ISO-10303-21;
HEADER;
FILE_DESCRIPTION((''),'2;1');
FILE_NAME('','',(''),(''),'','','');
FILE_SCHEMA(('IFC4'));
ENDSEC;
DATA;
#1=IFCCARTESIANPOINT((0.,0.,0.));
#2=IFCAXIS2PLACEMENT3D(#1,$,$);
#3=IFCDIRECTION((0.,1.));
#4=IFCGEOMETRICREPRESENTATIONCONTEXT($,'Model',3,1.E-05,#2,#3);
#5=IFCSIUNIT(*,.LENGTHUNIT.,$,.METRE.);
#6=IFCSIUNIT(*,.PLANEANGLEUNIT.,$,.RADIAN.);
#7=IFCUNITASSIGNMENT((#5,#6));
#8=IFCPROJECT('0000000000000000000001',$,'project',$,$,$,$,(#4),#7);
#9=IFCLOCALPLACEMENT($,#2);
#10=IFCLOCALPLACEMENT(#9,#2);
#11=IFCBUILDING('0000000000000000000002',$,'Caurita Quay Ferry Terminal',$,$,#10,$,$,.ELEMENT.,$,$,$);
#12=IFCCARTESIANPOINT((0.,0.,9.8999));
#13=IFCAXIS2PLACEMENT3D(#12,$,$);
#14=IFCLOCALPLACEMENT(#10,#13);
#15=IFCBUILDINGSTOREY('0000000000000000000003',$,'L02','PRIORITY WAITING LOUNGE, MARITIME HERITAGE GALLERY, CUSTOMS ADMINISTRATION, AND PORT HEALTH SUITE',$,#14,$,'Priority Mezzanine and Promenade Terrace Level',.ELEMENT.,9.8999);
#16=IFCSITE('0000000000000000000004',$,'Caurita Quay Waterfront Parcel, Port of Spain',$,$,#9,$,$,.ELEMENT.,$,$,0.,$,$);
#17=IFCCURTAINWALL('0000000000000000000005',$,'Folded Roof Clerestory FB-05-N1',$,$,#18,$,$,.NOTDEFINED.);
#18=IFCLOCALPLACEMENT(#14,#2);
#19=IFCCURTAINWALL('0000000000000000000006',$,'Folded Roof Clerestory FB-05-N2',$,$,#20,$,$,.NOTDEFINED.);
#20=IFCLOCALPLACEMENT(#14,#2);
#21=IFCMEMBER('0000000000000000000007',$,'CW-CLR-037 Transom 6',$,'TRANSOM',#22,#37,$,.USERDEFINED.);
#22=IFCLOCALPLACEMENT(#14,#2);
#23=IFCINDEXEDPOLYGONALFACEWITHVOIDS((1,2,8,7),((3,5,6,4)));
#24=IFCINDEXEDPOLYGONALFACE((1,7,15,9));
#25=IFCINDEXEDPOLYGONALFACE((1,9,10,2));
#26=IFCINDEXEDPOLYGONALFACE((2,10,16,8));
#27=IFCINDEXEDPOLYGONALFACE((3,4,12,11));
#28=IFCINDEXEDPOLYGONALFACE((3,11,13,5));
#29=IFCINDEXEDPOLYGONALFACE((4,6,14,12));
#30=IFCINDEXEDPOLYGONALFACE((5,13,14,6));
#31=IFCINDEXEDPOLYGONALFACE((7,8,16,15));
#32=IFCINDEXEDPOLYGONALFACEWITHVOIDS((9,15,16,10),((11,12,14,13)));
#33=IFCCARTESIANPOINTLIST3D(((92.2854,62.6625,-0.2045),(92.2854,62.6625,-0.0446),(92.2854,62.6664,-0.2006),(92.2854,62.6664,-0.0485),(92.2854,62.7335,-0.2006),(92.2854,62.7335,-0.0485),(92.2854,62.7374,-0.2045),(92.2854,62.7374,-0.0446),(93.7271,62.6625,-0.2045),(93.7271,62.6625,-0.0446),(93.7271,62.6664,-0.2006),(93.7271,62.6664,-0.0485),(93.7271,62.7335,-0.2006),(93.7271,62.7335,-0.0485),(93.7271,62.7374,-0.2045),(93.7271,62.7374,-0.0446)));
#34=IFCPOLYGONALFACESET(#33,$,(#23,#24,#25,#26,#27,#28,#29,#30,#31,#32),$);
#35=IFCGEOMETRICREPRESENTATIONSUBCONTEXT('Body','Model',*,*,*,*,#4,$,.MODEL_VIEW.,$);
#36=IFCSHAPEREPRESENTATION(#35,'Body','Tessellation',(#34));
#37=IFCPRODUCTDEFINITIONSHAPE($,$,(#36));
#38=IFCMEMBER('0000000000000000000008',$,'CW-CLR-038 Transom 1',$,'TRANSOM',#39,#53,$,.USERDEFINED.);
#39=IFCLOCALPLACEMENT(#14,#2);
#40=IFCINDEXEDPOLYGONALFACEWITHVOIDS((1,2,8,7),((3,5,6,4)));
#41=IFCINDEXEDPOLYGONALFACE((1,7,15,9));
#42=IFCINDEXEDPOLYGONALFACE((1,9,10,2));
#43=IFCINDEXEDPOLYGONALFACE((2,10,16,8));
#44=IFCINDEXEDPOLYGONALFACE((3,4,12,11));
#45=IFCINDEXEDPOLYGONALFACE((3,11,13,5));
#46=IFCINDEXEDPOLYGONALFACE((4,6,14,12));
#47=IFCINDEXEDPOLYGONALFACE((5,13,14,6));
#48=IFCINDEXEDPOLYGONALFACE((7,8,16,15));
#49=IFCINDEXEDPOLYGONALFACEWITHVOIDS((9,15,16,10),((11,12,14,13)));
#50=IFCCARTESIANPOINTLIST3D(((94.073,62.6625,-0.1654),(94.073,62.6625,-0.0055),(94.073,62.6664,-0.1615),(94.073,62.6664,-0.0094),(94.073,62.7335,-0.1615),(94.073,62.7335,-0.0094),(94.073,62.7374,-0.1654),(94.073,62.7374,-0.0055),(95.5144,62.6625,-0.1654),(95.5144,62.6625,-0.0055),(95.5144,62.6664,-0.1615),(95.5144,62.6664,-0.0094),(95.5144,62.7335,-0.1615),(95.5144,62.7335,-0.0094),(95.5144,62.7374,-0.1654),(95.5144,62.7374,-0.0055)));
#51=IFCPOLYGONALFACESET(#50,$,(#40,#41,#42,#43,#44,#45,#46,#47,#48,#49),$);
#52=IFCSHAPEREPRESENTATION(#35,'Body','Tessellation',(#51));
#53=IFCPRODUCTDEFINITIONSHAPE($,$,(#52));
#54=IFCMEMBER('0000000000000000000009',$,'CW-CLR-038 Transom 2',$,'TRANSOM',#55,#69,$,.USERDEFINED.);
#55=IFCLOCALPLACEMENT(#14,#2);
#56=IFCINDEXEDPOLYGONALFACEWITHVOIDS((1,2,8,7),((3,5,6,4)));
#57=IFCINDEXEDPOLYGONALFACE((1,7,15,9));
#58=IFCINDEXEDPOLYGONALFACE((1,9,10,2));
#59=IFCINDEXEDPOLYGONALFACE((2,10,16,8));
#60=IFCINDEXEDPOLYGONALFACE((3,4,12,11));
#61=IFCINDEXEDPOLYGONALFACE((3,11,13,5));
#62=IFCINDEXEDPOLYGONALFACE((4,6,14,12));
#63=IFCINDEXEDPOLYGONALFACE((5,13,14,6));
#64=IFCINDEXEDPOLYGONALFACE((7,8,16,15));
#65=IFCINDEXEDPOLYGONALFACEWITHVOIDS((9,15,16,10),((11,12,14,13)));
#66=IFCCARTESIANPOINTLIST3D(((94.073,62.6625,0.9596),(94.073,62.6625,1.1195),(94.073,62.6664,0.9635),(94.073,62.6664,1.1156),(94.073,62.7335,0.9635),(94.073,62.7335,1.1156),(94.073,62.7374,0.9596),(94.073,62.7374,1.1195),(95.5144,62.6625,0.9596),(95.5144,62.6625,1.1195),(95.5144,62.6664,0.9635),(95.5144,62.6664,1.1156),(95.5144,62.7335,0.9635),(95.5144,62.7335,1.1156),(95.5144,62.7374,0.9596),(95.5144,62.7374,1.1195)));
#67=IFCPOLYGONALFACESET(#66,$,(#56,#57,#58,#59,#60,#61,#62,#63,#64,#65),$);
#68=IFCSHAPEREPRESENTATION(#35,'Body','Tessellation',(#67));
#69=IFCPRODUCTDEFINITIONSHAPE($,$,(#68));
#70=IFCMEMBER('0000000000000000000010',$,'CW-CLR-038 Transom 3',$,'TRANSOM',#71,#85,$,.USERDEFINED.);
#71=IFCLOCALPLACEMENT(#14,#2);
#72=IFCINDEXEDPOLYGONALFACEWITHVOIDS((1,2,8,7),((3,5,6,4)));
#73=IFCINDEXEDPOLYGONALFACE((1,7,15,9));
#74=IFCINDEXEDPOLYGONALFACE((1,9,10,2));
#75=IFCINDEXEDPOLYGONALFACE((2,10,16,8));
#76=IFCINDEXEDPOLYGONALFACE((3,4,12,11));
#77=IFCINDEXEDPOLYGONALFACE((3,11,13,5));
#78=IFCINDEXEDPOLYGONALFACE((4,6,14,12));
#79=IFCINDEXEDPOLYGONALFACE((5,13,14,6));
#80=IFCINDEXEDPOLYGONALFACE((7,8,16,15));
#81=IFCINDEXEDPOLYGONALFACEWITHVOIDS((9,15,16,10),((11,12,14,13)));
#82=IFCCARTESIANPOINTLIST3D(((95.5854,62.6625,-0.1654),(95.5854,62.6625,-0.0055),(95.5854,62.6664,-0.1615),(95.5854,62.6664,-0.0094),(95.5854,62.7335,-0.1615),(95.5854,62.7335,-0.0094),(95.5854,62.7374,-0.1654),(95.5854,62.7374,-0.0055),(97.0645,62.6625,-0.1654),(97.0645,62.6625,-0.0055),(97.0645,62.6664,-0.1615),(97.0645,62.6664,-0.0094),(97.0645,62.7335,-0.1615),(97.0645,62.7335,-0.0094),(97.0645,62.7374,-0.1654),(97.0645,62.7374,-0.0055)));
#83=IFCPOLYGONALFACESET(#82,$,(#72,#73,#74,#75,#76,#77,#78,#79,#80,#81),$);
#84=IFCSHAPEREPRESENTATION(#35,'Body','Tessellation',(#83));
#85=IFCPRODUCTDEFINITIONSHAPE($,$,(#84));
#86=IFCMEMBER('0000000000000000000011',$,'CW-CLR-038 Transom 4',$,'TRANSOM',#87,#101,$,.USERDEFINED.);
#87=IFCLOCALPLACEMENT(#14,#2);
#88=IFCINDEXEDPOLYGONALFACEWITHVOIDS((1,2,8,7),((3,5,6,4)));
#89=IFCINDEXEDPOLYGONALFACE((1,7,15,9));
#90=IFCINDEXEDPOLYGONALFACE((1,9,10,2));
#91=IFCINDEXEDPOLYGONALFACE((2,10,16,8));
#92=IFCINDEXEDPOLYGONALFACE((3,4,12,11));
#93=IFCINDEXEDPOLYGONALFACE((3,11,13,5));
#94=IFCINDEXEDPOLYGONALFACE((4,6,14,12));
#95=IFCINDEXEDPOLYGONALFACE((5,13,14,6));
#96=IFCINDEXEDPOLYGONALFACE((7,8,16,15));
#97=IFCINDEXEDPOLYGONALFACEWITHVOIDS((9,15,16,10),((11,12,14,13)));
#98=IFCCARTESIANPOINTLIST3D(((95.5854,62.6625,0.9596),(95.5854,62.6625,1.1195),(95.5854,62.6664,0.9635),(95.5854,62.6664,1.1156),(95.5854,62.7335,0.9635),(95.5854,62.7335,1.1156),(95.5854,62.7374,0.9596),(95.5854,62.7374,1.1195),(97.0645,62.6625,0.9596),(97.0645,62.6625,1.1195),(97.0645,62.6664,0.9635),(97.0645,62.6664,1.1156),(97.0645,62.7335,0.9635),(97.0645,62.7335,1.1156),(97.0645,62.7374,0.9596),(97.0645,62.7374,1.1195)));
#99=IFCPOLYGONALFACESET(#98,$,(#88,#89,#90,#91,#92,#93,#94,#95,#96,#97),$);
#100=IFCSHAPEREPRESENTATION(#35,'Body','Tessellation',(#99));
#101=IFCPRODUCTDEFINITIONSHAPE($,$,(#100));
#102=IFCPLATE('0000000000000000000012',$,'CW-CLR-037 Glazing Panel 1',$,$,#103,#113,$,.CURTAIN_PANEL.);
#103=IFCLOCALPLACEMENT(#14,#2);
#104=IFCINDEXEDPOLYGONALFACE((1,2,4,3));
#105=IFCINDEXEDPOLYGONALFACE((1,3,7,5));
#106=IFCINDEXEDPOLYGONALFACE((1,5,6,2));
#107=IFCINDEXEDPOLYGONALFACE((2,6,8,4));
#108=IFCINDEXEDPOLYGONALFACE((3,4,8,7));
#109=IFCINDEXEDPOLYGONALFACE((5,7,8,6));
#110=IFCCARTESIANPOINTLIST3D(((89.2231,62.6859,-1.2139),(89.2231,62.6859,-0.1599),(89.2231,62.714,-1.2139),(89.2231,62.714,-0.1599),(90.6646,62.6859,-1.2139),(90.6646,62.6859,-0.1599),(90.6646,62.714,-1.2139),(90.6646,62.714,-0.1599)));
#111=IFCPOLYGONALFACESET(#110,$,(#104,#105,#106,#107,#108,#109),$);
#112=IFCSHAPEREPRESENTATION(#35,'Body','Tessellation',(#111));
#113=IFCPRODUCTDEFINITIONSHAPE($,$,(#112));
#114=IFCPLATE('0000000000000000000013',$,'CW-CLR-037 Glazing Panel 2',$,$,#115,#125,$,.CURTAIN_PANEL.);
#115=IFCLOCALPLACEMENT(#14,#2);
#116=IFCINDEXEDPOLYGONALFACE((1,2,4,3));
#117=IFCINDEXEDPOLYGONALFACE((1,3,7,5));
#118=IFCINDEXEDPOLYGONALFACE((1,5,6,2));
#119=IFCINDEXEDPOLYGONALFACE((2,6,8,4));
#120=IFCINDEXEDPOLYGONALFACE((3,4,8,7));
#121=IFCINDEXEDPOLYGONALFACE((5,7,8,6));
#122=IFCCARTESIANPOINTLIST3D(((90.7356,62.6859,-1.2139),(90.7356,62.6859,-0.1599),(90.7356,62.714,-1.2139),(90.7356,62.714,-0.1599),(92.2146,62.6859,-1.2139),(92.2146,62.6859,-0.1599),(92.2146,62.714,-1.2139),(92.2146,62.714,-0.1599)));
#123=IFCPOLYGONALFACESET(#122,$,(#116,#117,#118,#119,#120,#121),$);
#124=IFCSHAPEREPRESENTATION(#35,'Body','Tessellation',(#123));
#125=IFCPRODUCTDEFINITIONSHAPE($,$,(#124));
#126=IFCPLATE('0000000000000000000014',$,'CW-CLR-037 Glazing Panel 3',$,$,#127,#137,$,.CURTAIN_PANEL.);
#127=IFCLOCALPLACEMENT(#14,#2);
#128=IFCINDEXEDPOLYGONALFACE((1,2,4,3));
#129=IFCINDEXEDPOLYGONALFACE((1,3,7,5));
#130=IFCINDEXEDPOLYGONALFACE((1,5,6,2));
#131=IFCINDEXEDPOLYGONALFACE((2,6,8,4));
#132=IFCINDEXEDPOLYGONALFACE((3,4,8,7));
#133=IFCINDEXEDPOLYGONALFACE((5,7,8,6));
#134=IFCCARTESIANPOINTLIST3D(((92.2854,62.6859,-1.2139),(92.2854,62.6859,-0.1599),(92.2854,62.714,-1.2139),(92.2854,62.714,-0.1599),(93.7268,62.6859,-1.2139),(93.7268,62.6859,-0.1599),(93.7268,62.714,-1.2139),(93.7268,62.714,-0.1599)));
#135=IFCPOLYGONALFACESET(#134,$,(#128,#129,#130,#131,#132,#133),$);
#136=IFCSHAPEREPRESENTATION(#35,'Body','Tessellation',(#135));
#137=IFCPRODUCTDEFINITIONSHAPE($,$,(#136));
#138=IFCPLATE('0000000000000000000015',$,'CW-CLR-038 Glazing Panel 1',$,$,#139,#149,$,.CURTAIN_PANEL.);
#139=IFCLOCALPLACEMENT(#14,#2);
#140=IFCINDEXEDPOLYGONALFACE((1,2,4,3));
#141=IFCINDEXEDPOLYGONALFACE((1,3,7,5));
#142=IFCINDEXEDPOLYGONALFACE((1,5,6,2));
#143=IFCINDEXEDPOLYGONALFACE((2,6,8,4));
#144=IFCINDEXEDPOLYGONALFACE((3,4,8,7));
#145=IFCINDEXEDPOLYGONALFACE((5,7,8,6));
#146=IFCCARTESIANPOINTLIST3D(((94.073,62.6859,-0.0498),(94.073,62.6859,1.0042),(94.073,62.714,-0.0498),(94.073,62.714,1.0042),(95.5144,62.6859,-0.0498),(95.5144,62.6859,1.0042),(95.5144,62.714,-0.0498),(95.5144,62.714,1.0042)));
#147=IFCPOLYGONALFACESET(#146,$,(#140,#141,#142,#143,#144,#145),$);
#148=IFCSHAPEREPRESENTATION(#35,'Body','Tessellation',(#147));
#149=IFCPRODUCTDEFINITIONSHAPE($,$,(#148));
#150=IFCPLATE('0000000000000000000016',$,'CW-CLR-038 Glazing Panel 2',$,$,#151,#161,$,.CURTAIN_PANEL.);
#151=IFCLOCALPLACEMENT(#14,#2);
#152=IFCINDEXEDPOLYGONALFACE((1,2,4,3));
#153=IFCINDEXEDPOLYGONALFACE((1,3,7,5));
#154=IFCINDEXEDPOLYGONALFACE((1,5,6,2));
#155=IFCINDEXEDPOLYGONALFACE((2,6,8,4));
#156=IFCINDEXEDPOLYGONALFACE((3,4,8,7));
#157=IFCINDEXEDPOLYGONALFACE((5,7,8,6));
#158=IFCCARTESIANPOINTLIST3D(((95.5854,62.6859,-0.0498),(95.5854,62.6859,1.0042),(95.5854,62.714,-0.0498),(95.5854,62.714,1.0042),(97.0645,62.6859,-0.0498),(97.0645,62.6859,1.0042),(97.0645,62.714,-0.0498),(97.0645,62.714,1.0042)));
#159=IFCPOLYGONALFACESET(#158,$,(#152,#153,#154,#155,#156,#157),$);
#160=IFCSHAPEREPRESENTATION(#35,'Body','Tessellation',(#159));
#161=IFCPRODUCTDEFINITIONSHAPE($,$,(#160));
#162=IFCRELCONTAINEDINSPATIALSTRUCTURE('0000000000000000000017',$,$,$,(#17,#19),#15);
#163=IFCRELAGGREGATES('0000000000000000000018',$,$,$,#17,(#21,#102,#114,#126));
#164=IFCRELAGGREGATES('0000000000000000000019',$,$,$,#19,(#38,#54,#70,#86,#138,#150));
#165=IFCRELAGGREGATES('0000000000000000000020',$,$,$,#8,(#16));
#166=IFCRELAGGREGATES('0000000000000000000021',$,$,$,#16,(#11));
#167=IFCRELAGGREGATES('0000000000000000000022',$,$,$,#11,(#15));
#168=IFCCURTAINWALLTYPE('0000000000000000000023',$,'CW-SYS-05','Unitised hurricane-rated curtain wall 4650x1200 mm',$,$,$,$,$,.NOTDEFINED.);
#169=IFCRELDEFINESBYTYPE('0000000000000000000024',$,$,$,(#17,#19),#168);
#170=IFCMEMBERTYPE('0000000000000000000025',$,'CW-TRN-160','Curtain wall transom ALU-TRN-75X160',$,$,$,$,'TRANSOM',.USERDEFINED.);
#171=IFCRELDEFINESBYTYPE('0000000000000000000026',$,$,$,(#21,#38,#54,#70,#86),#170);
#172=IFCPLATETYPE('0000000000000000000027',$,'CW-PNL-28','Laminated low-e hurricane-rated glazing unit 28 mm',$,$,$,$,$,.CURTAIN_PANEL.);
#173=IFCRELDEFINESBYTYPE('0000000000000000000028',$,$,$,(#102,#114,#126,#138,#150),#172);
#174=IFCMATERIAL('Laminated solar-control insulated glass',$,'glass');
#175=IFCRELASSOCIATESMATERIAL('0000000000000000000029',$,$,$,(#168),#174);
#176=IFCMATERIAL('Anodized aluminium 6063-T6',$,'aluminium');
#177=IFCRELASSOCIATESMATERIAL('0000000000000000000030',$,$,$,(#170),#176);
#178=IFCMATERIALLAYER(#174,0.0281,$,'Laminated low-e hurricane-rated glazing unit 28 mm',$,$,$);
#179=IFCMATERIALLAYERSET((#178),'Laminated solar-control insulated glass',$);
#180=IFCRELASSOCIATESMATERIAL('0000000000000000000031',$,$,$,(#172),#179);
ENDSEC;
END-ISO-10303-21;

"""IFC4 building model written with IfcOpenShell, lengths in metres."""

from ifc_helpers import new_model, si_unit, direction, frame, origin, origin_2d, place, context, subcontext, project, spatial, rectangle, hollow_rectangle, extrude, material, layer, layer_set, material_profile, profile_set, type_object, element, aggregate, save


model = new_model("IFC4")

# Units and contexts
model_context = context("Model", 3, precision=1e-05, world=origin(), true_north=direction((0.0, 1.0)))
body_context = subcontext(model_context, "Body", "Model", "MODEL_VIEW")
ifc_project = project(units=[si_unit("LENGTHUNIT", "METRE"), si_unit("PLANEANGLEUNIT", "RADIAN")], contexts=[model_context])

# Site, building, storey
site_placement = place(None, origin())
site = spatial("IfcSite", under=ifc_project, at=site_placement, Name="Caurita Quay Waterfront Parcel, Port of Spain", CompositionType="ELEMENT", RefElevation=0.0)
building_placement = place(site_placement, origin())
building = spatial("IfcBuilding", under=site, at=building_placement, Name="Caurita Quay Ferry Terminal", CompositionType="ELEMENT")
storey_placement = place(building_placement, frame((0.0, 0.0, 9.8999)))
storey = spatial("IfcBuildingStorey", under=building, at=storey_placement, Name="L02", Description="PRIORITY WAITING LOUNGE, MARITIME HERITAGE GALLERY, CUSTOMS ADMINISTRATION, AND PORT HEALTH SUITE", LongName="Priority Mezzanine and Promenade Terrace Level", CompositionType="ELEMENT", Elevation=9.8999)

# Curtain walls
ifc_material_1 = material(Name="Laminated solar-control insulated glass", Category="glass")
curtain_wall_type = type_object("IfcCurtainWallType", Name="CW-SYS-05", Description="Unitised hurricane-rated curtain wall 4650x1200 mm", PredefinedType="NOTDEFINED", material=ifc_material_1)
curtain_wall_1_placement = place(storey_placement, origin())
curtain_wall_1 = element("IfcCurtainWall", 1, at=curtain_wall_1_placement, inside=storey, type_object=curtain_wall_type, Name="Folded Roof Clerestory FB-05-N1", PredefinedType="NOTDEFINED")
ifc_material_2 = material(Name="Anodized aluminium 6063-T6", Category="aluminium")
curtain_wall_2_placement = place(storey_placement, origin())
curtain_wall_2 = element("IfcCurtainWall", 2, at=curtain_wall_2_placement, inside=storey, type_object=curtain_wall_type, Name="Folded Roof Clerestory FB-05-N2", PredefinedType="NOTDEFINED")

# Members
ifc_material_profile_1 = material_profile(ifc_material_2, hollow_rectangle(XDim=0.075, YDim=0.1599, WallThickness=0.0039, at=origin_2d()), Name="ALU-TRN-75X160")
ifc_profile_set_1 = profile_set([ifc_material_profile_1], Name="Anodized aluminium 6063-T6")
member_type_1 = type_object("IfcMemberType", Name="CW-TRN-160", Description="Curtain wall transom ALU-TRN-75X160", ElementType="TRANSOM", PredefinedType="USERDEFINED", material=ifc_profile_set_1)
member_1_placement = place(storey_placement, frame((92.2854, 62.7, -0.1245), z_axis=(1.0, 0.0, 0.0), x_axis=(0.0, 1.0, 0.0)))
member_1 = element("IfcMember", 3, at=member_1_placement, type_object=member_type_1, Name="CW-CLR-037 Transom 6", ObjectType="TRANSOM", PredefinedType="USERDEFINED", context=body_context, shape_type="SweptSolid", body=[
    extrude(hollow_rectangle(XDim=0.075, YDim=0.1599, WallThickness=0.0039, at=origin_2d()), origin(), (0.0, 0.0, 1.0), 1.4417),
])
member_2_placement = place(storey_placement, frame((94.073, 62.7, -0.0854), z_axis=(1.0, 0.0, 0.0), x_axis=(0.0, 1.0, 0.0)))
member_2 = element("IfcMember", 4, at=member_2_placement, type_object=member_type_1, Name="CW-CLR-038 Transom 1", ObjectType="TRANSOM", PredefinedType="USERDEFINED", context=body_context, shape_type="SweptSolid", body=[
    extrude(hollow_rectangle(XDim=0.075, YDim=0.1599, WallThickness=0.0039, at=origin_2d()), origin(), (0.0, 0.0, 1.0), 1.4414),
])
member_3_placement = place(storey_placement, frame((94.073, 62.7, 1.0396), z_axis=(1.0, 0.0, 0.0), x_axis=(0.0, 1.0, 0.0)))
member_3 = element("IfcMember", 5, at=member_3_placement, type_object=member_type_1, Name="CW-CLR-038 Transom 2", ObjectType="TRANSOM", PredefinedType="USERDEFINED", context=body_context, shape_type="SweptSolid", body=[
    extrude(hollow_rectangle(XDim=0.075, YDim=0.1599, WallThickness=0.0039, at=origin_2d()), origin(), (0.0, 0.0, 1.0), 1.4414),
])
member_4_placement = place(storey_placement, frame((95.5854, 62.7, -0.0854), z_axis=(1.0, 0.0, 0.0), x_axis=(0.0, 1.0, 0.0)))
member_4 = element("IfcMember", 6, at=member_4_placement, type_object=member_type_1, Name="CW-CLR-038 Transom 3", ObjectType="TRANSOM", PredefinedType="USERDEFINED", context=body_context, shape_type="SweptSolid", body=[
    extrude(hollow_rectangle(XDim=0.075, YDim=0.1599, WallThickness=0.0039, at=origin_2d()), origin(), (0.0, 0.0, 1.0), 1.479),
])
member_5_placement = place(storey_placement, frame((95.5854, 62.7, 1.0396), z_axis=(1.0, 0.0, 0.0), x_axis=(0.0, 1.0, 0.0)))
member_5 = element("IfcMember", 7, at=member_5_placement, type_object=member_type_1, Name="CW-CLR-038 Transom 4", ObjectType="TRANSOM", PredefinedType="USERDEFINED", context=body_context, shape_type="SweptSolid", body=[
    extrude(hollow_rectangle(XDim=0.075, YDim=0.1599, WallThickness=0.0039, at=origin_2d()), origin(), (0.0, 0.0, 1.0), 1.479),
])

# Plates
ifc_layer = layer(ifc_material_1, 0.0281, Name="Laminated low-e hurricane-rated glazing unit 28 mm")
ifc_layer_set = layer_set([ifc_layer], Name="Laminated solar-control insulated glass")
plate_type = type_object("IfcPlateType", Name="CW-PNL-28", Description="Laminated low-e hurricane-rated glazing unit 28 mm", PredefinedType="CURTAIN_PANEL", material=ifc_layer_set)
plate_1_placement = place(storey_placement, frame((89.9438, 62.7, -1.2139), z_axis=(0.0, 0.0, 1.0), x_axis=(1.0, 0.0, 0.0)))
plate_1 = element("IfcPlate", 8, at=plate_1_placement, type_object=plate_type, Name="CW-CLR-037 Glazing Panel 1", PredefinedType="CURTAIN_PANEL", context=body_context, shape_type="SweptSolid", body=[
    extrude(rectangle(XDim=1.4414, YDim=0.0281, at=origin_2d()), origin(), (0.0, 0.0, 1.0), 1.054),
])
plate_2_placement = place(storey_placement, frame((91.4751, 62.7, -1.2139), z_axis=(0.0, 0.0, 1.0), x_axis=(1.0, 0.0, 0.0)))
plate_2 = element("IfcPlate", 9, at=plate_2_placement, type_object=plate_type, Name="CW-CLR-037 Glazing Panel 2", PredefinedType="CURTAIN_PANEL", context=body_context, shape_type="SweptSolid", body=[
    extrude(rectangle(XDim=1.479, YDim=0.0281, at=origin_2d()), origin(), (0.0, 0.0, 1.0), 1.054),
])
plate_3_placement = place(storey_placement, frame((93.0061, 62.7, -1.2139), z_axis=(0.0, 0.0, 1.0), x_axis=(1.0, 0.0, 0.0)))
plate_3 = element("IfcPlate", 10, at=plate_3_placement, type_object=plate_type, Name="CW-CLR-037 Glazing Panel 3", PredefinedType="CURTAIN_PANEL", context=body_context, shape_type="SweptSolid", body=[
    extrude(rectangle(XDim=1.4414, YDim=0.0281, at=origin_2d()), origin(), (0.0, 0.0, 1.0), 1.054),
])
aggregate(curtain_wall_1, [member_1, plate_1, plate_2, plate_3])
plate_4_placement = place(storey_placement, frame((94.7937, 62.7, -0.0498), z_axis=(0.0, 0.0, 1.0), x_axis=(1.0, 0.0, 0.0)))
plate_4 = element("IfcPlate", 11, at=plate_4_placement, type_object=plate_type, Name="CW-CLR-038 Glazing Panel 1", PredefinedType="CURTAIN_PANEL", context=body_context, shape_type="SweptSolid", body=[
    extrude(rectangle(XDim=1.4414, YDim=0.0281, at=origin_2d()), origin(), (0.0, 0.0, 1.0), 1.054),
])
plate_5_placement = place(storey_placement, frame((96.325, 62.7, -0.0498), z_axis=(0.0, 0.0, 1.0), x_axis=(1.0, 0.0, 0.0)))
plate_5 = element("IfcPlate", 12, at=plate_5_placement, type_object=plate_type, Name="CW-CLR-038 Glazing Panel 2", PredefinedType="CURTAIN_PANEL", context=body_context, shape_type="SweptSolid", body=[
    extrude(rectangle(XDim=1.479, YDim=0.0281, at=origin_2d()), origin(), (0.0, 0.0, 1.0), 1.054),
])
aggregate(curtain_wall_2, [member_2, member_3, member_4, member_5, plate_4, plate_5])

save(model, "model.ifc")
